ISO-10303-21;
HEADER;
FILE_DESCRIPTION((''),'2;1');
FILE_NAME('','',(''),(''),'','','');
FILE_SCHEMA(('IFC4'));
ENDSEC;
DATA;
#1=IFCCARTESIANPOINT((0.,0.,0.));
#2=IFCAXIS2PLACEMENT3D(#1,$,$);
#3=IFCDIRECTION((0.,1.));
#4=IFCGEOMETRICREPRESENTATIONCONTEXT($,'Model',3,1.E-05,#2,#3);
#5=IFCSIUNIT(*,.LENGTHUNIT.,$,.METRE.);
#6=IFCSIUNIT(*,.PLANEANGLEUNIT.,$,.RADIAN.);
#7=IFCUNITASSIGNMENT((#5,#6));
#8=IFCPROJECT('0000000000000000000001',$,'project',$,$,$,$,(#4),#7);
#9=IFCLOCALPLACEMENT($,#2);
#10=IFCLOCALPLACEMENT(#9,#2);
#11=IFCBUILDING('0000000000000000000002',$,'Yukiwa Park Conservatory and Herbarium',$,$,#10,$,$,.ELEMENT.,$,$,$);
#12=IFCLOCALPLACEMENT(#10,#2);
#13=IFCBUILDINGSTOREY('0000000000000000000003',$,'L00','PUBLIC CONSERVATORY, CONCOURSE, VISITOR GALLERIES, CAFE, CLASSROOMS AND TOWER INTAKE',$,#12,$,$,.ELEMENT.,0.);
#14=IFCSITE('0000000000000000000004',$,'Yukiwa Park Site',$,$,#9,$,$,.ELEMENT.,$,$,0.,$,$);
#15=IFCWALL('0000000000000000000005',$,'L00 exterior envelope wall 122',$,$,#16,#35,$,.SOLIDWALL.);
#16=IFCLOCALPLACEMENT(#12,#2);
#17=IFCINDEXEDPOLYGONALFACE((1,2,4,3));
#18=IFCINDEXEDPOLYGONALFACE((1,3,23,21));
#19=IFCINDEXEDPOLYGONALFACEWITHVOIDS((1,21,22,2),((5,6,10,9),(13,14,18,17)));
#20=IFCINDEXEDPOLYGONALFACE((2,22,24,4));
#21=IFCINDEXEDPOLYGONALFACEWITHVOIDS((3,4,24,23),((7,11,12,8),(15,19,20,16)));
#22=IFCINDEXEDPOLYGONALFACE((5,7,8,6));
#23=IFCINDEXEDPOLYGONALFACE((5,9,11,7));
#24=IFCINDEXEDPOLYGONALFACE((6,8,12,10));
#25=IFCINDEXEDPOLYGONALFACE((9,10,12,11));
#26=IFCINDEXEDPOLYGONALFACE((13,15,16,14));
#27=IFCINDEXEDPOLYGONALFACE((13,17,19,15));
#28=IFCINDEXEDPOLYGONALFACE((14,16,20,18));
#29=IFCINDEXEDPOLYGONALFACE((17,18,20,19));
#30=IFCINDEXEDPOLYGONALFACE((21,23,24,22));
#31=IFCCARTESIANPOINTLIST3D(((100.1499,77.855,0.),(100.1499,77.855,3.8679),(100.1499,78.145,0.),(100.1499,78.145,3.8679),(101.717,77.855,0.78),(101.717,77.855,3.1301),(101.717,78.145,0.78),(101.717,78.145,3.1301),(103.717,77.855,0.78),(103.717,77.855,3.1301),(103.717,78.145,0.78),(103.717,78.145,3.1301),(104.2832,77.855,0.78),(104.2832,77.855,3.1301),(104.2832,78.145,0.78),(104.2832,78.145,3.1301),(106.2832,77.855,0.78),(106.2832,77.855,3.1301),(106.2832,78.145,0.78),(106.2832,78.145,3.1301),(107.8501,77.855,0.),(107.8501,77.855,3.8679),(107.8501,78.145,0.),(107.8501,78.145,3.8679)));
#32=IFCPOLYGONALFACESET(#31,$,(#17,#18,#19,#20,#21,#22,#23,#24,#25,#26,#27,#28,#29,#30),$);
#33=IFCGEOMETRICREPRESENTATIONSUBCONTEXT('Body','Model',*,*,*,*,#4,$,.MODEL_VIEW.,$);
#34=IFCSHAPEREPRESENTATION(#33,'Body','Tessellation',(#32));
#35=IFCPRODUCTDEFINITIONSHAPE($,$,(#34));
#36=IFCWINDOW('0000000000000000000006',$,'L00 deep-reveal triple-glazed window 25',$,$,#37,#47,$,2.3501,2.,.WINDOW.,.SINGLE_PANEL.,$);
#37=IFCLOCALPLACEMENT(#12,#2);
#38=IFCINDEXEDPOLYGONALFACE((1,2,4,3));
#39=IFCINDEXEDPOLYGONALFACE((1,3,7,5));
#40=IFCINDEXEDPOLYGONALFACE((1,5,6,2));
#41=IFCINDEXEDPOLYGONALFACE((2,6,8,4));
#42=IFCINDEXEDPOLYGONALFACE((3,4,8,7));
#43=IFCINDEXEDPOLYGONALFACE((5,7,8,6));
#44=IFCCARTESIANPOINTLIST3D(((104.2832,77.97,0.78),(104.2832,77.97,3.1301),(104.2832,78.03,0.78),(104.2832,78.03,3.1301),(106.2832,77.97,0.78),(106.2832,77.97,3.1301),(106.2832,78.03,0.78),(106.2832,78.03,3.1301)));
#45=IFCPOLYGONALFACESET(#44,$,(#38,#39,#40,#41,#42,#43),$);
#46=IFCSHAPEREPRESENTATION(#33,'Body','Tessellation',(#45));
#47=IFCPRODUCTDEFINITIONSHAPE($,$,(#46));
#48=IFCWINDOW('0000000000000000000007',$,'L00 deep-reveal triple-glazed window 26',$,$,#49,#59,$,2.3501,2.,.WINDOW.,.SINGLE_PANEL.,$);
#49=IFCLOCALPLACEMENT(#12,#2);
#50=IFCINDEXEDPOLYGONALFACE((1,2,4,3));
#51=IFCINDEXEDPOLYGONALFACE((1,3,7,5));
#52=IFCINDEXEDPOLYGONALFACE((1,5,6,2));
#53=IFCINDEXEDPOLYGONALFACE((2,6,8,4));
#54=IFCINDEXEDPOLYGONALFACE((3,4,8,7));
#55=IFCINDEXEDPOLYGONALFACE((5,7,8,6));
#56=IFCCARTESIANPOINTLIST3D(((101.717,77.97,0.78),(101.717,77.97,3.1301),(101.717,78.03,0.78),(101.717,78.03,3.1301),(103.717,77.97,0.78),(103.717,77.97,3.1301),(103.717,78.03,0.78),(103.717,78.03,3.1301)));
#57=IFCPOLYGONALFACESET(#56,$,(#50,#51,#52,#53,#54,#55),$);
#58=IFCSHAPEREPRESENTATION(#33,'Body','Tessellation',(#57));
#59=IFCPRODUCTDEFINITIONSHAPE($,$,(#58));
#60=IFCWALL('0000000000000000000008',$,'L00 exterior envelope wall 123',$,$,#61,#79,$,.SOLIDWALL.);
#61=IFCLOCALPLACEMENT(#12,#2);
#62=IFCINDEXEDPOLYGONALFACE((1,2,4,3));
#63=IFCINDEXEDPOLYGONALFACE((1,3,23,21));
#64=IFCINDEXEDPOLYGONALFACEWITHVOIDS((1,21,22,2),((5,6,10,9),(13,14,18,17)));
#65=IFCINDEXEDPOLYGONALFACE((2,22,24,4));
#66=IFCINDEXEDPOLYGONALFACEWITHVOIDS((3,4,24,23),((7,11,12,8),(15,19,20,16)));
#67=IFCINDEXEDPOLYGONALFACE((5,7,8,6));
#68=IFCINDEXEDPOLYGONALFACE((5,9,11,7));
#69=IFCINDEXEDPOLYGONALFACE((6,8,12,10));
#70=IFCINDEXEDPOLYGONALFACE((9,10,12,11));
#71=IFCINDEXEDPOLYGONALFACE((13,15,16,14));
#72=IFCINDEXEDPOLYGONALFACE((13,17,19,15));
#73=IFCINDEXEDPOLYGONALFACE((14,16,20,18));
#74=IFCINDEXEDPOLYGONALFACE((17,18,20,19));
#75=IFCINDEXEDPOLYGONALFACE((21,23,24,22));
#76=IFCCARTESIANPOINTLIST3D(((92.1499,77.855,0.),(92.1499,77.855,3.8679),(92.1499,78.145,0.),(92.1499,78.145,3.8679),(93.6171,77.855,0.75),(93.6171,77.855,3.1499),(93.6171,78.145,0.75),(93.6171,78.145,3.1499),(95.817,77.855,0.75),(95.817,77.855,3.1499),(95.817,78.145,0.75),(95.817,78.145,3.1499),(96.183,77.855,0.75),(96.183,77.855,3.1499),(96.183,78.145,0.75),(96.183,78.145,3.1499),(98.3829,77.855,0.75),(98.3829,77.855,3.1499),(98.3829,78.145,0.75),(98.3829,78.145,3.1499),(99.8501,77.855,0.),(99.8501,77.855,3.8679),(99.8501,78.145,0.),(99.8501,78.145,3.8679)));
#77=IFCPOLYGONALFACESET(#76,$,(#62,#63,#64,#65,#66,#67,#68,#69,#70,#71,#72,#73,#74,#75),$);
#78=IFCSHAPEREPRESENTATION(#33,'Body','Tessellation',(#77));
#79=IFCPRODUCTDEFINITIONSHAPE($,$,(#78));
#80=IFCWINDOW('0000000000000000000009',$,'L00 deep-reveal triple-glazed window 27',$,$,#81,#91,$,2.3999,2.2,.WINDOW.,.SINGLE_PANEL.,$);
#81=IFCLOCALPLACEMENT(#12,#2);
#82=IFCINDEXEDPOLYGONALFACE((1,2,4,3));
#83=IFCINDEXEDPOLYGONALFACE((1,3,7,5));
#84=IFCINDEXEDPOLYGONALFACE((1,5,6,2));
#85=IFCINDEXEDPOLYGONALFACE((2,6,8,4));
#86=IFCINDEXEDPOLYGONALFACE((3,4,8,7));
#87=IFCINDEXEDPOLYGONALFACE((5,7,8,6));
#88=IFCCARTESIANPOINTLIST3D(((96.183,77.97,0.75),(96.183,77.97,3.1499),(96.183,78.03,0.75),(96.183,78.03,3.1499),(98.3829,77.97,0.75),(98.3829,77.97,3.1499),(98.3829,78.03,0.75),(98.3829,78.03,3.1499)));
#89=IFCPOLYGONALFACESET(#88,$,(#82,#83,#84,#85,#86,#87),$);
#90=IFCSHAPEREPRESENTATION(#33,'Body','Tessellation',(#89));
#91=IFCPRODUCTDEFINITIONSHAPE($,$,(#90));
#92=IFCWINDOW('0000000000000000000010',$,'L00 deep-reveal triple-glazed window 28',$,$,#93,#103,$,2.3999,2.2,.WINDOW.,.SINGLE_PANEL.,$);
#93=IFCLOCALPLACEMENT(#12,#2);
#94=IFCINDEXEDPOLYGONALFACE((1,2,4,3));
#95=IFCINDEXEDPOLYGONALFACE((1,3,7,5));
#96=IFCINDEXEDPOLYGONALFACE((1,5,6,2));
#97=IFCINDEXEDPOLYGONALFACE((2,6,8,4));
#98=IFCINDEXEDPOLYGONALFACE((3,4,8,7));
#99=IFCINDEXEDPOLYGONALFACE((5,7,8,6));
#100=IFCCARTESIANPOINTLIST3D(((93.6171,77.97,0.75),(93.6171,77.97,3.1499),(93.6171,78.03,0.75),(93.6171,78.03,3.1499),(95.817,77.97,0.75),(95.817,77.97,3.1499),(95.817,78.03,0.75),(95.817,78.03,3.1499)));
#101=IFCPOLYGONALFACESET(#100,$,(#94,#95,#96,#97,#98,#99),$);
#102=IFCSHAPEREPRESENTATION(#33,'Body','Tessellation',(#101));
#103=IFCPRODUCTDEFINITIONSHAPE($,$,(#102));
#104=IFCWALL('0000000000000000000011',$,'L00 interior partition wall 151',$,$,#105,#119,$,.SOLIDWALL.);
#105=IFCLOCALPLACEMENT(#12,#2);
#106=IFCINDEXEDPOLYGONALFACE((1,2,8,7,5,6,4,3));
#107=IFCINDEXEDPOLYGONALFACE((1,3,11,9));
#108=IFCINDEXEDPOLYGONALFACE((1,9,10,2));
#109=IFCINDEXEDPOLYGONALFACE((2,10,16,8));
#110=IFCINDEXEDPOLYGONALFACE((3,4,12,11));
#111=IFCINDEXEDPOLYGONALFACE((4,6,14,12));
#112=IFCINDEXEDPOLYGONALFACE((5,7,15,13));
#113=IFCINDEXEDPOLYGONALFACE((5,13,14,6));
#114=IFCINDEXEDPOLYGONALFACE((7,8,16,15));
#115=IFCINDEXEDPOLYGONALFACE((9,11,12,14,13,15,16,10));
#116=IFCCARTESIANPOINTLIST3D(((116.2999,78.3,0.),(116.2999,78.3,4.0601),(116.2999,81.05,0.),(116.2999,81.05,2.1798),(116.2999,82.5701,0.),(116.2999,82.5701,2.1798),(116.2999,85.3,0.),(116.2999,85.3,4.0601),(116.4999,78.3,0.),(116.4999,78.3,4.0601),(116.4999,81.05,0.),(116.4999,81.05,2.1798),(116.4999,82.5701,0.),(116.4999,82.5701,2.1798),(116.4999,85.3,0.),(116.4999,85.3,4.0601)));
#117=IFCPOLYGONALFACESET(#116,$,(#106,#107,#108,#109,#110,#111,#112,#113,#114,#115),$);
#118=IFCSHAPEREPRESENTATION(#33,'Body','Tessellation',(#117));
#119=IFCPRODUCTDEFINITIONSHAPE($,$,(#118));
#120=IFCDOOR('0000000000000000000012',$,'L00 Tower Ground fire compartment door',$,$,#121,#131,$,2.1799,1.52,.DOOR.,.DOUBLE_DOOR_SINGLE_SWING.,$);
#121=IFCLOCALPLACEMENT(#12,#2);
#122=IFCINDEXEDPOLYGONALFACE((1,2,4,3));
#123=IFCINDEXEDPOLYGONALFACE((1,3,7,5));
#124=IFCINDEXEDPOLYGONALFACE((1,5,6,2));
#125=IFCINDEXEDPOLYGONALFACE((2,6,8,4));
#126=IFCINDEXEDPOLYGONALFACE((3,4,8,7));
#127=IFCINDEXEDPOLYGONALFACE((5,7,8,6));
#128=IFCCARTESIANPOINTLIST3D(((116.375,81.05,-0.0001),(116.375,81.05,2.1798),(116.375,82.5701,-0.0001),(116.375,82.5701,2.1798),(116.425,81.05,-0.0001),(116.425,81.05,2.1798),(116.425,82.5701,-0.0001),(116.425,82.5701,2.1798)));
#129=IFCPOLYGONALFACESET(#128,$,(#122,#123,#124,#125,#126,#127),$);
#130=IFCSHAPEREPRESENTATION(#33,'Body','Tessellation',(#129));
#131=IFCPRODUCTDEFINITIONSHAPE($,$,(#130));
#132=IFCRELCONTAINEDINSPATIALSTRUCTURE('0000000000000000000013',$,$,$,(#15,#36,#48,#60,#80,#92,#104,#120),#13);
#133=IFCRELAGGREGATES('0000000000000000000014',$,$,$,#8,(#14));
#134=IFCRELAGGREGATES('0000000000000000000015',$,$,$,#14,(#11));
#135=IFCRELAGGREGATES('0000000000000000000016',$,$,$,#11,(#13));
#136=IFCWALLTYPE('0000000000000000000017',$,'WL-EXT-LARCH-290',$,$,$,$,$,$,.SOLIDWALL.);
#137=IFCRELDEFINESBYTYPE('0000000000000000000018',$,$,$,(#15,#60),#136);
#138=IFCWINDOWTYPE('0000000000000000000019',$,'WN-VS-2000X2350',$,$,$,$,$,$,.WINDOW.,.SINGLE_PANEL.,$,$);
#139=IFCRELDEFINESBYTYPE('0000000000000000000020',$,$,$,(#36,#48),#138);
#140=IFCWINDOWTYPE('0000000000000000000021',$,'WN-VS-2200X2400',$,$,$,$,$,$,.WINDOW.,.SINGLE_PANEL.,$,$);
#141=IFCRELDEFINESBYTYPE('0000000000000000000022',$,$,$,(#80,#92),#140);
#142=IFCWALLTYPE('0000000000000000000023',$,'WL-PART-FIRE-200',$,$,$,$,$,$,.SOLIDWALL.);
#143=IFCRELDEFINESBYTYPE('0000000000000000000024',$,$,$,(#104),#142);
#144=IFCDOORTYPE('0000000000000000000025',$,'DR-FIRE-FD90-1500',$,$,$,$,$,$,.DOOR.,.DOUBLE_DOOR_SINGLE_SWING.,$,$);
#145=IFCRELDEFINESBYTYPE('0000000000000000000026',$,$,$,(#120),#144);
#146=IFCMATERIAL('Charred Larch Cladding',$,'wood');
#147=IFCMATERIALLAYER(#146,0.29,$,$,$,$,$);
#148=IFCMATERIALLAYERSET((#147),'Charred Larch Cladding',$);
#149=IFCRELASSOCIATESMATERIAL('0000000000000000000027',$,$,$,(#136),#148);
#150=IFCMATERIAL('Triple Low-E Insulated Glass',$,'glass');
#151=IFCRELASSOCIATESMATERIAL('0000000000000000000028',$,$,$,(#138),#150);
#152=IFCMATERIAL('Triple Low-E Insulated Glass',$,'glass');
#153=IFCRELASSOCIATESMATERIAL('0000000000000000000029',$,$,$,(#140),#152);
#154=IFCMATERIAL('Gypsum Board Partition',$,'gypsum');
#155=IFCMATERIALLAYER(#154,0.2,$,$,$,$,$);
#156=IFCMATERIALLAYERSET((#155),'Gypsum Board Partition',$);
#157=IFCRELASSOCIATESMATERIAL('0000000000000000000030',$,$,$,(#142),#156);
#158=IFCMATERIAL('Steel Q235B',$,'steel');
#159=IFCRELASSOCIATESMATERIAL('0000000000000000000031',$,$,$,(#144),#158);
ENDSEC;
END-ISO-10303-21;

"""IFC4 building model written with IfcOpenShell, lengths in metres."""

from ifc_helpers import new_model, si_unit, direction, frame, frame_2d, origin, place, context, subcontext, project, spatial, rectangle, extrude, material, layer, layer_set, type_object, element, fill, save


model = new_model("IFC4")

# Units and contexts
model_context = context("Model", 3, precision=1e-05, world=origin(), true_north=direction((0.0, 1.0)))
body_context = subcontext(model_context, "Body", "Model", "MODEL_VIEW")
ifc_project = project(units=[si_unit("LENGTHUNIT", "METRE"), si_unit("PLANEANGLEUNIT", "RADIAN")], contexts=[model_context])

# Site, building, storey
site_placement = place(None, origin())
site = spatial("IfcSite", under=ifc_project, at=site_placement, Name="Yukiwa Park Site", CompositionType="ELEMENT", RefElevation=0.0)
building_placement = place(site_placement, origin())
building = spatial("IfcBuilding", under=site, at=building_placement, Name="Yukiwa Park Conservatory and Herbarium", CompositionType="ELEMENT")
storey_placement = place(building_placement, origin())
storey = spatial("IfcBuildingStorey", under=building, at=storey_placement, Name="L00", Description="PUBLIC CONSERVATORY, CONCOURSE, VISITOR GALLERIES, CAFE, CLASSROOMS AND TOWER INTAKE", CompositionType="ELEMENT", Elevation=0.0)

# Walls, openings, windows
ifc_material_1 = material(Name="Charred Larch Cladding", Category="wood")
ifc_layer_1 = layer(ifc_material_1, 0.29)
ifc_layer_set_1 = layer_set([ifc_layer_1], Name="Charred Larch Cladding")
wall_type_1 = type_object("IfcWallType", Name="WL-EXT-LARCH-290", PredefinedType="SOLIDWALL", material=ifc_layer_set_1)
wall_1_placement = place(storey_placement, frame((107.8501, 78.0, 0.0), z_axis=(0.0, 0.0, 1.0), x_axis=(-1.0, 0.0, 0.0)))
wall_1 = element("IfcWall", 1, at=wall_1_placement, inside=storey, type_object=wall_type_1, Name="L00 exterior envelope wall 122", PredefinedType="SOLIDWALL", context=body_context, shape_type="SweptSolid", body=[
    extrude(rectangle(XDim=7.7002, YDim=0.29, at=frame_2d((3.8501, 0.0))), origin(), (0.0, 0.0, 1.0), 3.8679),
])
opening_1_placement = place(wall_1_placement, frame((1.5669, 0.0, 0.78)))
opening_1 = element("IfcOpeningElement", 2, at=opening_1_placement, cuts=wall_1, PredefinedType="OPENING", context=body_context, shape_type="SweptSolid", body=[
    extrude(rectangle(XDim=2.0, YDim=2.3501, at=frame_2d((1.0, 1.175))), frame((0.0, 0.155, 0.0), z_axis=(0.0, -1.0, 0.0), x_axis=(1.0, 0.0, 0.0)), (0.0, 0.0, 1.0), 0.3101),
])
opening_2_placement = place(wall_1_placement, frame((4.1331, 0.0, 0.78)))
opening_2 = element("IfcOpeningElement", 3, at=opening_2_placement, cuts=wall_1, PredefinedType="OPENING", context=body_context, shape_type="SweptSolid", body=[
    extrude(rectangle(XDim=2.0, YDim=2.3501, at=frame_2d((1.0, 1.175))), frame((0.0, 0.155, 0.0), z_axis=(0.0, -1.0, 0.0), x_axis=(1.0, 0.0, 0.0)), (0.0, 0.0, 1.0), 0.3101),
])
ifc_material_2 = material(Name="Triple Low-E Insulated Glass", Category="glass")
window_type_1 = type_object("IfcWindowType", Name="WN-VS-2000X2350", PartitioningType="SINGLE_PANEL", PredefinedType="WINDOW", material=ifc_material_2)
window_1_placement = place(opening_1_placement, origin())
window_1 = element("IfcWindow", 4, at=window_1_placement, inside=storey, type_object=window_type_1, Name="L00 deep-reveal triple-glazed window 25", OverallHeight=2.3501, OverallWidth=2.0, PartitioningType="SINGLE_PANEL", PredefinedType="WINDOW", context=body_context, shape_type="SweptSolid", body=[
    extrude(rectangle(XDim=2.0, YDim=2.3501, at=frame_2d((1.0, 1.175))), frame((0.0, 0.03, 0.0), z_axis=(0.0, -1.0, 0.0), x_axis=(1.0, 0.0, 0.0)), (0.0, 0.0, 1.0), 0.0601),
])
fill(opening_1, window_1)
window_2_placement = place(opening_2_placement, origin())
window_2 = element("IfcWindow", 5, at=window_2_placement, inside=storey, type_object=window_type_1, Name="L00 deep-reveal triple-glazed window 26", OverallHeight=2.3501, OverallWidth=2.0, PartitioningType="SINGLE_PANEL", PredefinedType="WINDOW", context=body_context, shape_type="SweptSolid", body=[
    extrude(rectangle(XDim=2.0, YDim=2.3501, at=frame_2d((1.0, 1.175))), frame((0.0, 0.03, 0.0), z_axis=(0.0, -1.0, 0.0), x_axis=(1.0, 0.0, 0.0)), (0.0, 0.0, 1.0), 0.0601),
])
fill(opening_2, window_2)
wall_2_placement = place(storey_placement, frame((99.8501, 78.0, 0.0), z_axis=(0.0, 0.0, 1.0), x_axis=(-1.0, 0.0, 0.0)))
wall_2 = element("IfcWall", 6, at=wall_2_placement, inside=storey, type_object=wall_type_1, Name="L00 exterior envelope wall 123", PredefinedType="SOLIDWALL", context=body_context, shape_type="SweptSolid", body=[
    extrude(rectangle(XDim=7.7002, YDim=0.29, at=frame_2d((3.8501, 0.0))), origin(), (0.0, 0.0, 1.0), 3.8679),
])
opening_3_placement = place(wall_2_placement, frame((1.467, 0.0, 0.75)))
opening_3 = element("IfcOpeningElement", 7, at=opening_3_placement, cuts=wall_2, PredefinedType="OPENING", context=body_context, shape_type="SweptSolid", body=[
    extrude(rectangle(XDim=2.2, YDim=2.3999, at=frame_2d((1.1001, 1.2))), frame((0.0, 0.155, 0.0), z_axis=(0.0, -1.0, 0.0), x_axis=(1.0, 0.0, 0.0)), (0.0, 0.0, 1.0), 0.3101),
])
opening_4_placement = place(wall_2_placement, frame((4.033, 0.0, 0.75)))
opening_4 = element("IfcOpeningElement", 8, at=opening_4_placement, cuts=wall_2, PredefinedType="OPENING", context=body_context, shape_type="SweptSolid", body=[
    extrude(rectangle(XDim=2.2, YDim=2.3999, at=frame_2d((1.1001, 1.2))), frame((0.0, 0.155, 0.0), z_axis=(0.0, -1.0, 0.0), x_axis=(1.0, 0.0, 0.0)), (0.0, 0.0, 1.0), 0.3101),
])
ifc_material_3 = material(Name="Triple Low-E Insulated Glass", Category="glass")
window_type_2 = type_object("IfcWindowType", Name="WN-VS-2200X2400", PartitioningType="SINGLE_PANEL", PredefinedType="WINDOW", material=ifc_material_3)
window_3_placement = place(opening_3_placement, origin())
window_3 = element("IfcWindow", 9, at=window_3_placement, inside=storey, type_object=window_type_2, Name="L00 deep-reveal triple-glazed window 27", OverallHeight=2.3999, OverallWidth=2.2, PartitioningType="SINGLE_PANEL", PredefinedType="WINDOW", context=body_context, shape_type="SweptSolid", body=[
    extrude(rectangle(XDim=2.2, YDim=2.3999, at=frame_2d((1.1001, 1.2))), frame((0.0, 0.03, 0.0), z_axis=(0.0, -1.0, 0.0), x_axis=(1.0, 0.0, 0.0)), (0.0, 0.0, 1.0), 0.0601),
])
fill(opening_3, window_3)
window_4_placement = place(opening_4_placement, origin())
window_4 = element("IfcWindow", 10, at=window_4_placement, inside=storey, type_object=window_type_2, Name="L00 deep-reveal triple-glazed window 28", OverallHeight=2.3999, OverallWidth=2.2, PartitioningType="SINGLE_PANEL", PredefinedType="WINDOW", context=body_context, shape_type="SweptSolid", body=[
    extrude(rectangle(XDim=2.2, YDim=2.3999, at=frame_2d((1.1001, 1.2))), frame((0.0, 0.03, 0.0), z_axis=(0.0, -1.0, 0.0), x_axis=(1.0, 0.0, 0.0)), (0.0, 0.0, 1.0), 0.0601),
])
fill(opening_4, window_4)

# Wall, opening, door
ifc_material_4 = material(Name="Gypsum Board Partition", Category="gypsum")
ifc_layer_2 = layer(ifc_material_4, 0.2)
ifc_layer_set_2 = layer_set([ifc_layer_2], Name="Gypsum Board Partition")
wall_type_2 = type_object("IfcWallType", Name="WL-PART-FIRE-200", PredefinedType="SOLIDWALL", material=ifc_layer_set_2)
wall_3_placement = place(storey_placement, frame((116.3999, 78.3, 0.0), z_axis=(0.0, 0.0, 1.0), x_axis=(0.0, 1.0, 0.0)))
wall_3 = element("IfcWall", 11, at=wall_3_placement, inside=storey, type_object=wall_type_2, Name="L00 interior partition wall 151", PredefinedType="SOLIDWALL", context=body_context, shape_type="SweptSolid", body=[
    extrude(rectangle(XDim=7.0, YDim=0.2, at=frame_2d((3.5, 0.0))), origin(), (0.0, 0.0, 1.0), 4.0601),
])
opening_5_placement = place(wall_3_placement, frame((2.75, 0.0, 0.0)))
opening_5 = element("IfcOpeningElement", 12, at=opening_5_placement, cuts=wall_3, PredefinedType="OPENING", context=body_context, shape_type="SweptSolid", body=[
    extrude(rectangle(XDim=1.52, YDim=2.1799, at=frame_2d((0.76, 1.0898))), frame((0.0, 0.1099, 0.0), z_axis=(0.0, -1.0, 0.0), x_axis=(1.0, 0.0, 0.0)), (0.0, 0.0, 1.0), 0.22),
])
ifc_material_5 = material(Name="Steel Q235B", Category="steel")
door_type = type_object("IfcDoorType", Name="DR-FIRE-FD90-1500", OperationType="DOUBLE_DOOR_SINGLE_SWING", PredefinedType="DOOR", material=ifc_material_5)
door_placement = place(opening_5_placement, origin())
door = element("IfcDoor", 13, at=door_placement, inside=storey, type_object=door_type, Name="L00 Tower Ground fire compartment door", OperationType="DOUBLE_DOOR_SINGLE_SWING", OverallHeight=2.1799, OverallWidth=1.52, PredefinedType="DOOR", context=body_context, shape_type="SweptSolid", body=[
    extrude(rectangle(XDim=1.52, YDim=2.1799, at=frame_2d((0.76, 1.0898))), frame((0.0, 0.0249, 0.0), z_axis=(0.0, -1.0, 0.0), x_axis=(1.0, 0.0, 0.0)), (0.0, 0.0, 1.0), 0.05),
])
fill(opening_5, door)

save(model, "model.ifc")
